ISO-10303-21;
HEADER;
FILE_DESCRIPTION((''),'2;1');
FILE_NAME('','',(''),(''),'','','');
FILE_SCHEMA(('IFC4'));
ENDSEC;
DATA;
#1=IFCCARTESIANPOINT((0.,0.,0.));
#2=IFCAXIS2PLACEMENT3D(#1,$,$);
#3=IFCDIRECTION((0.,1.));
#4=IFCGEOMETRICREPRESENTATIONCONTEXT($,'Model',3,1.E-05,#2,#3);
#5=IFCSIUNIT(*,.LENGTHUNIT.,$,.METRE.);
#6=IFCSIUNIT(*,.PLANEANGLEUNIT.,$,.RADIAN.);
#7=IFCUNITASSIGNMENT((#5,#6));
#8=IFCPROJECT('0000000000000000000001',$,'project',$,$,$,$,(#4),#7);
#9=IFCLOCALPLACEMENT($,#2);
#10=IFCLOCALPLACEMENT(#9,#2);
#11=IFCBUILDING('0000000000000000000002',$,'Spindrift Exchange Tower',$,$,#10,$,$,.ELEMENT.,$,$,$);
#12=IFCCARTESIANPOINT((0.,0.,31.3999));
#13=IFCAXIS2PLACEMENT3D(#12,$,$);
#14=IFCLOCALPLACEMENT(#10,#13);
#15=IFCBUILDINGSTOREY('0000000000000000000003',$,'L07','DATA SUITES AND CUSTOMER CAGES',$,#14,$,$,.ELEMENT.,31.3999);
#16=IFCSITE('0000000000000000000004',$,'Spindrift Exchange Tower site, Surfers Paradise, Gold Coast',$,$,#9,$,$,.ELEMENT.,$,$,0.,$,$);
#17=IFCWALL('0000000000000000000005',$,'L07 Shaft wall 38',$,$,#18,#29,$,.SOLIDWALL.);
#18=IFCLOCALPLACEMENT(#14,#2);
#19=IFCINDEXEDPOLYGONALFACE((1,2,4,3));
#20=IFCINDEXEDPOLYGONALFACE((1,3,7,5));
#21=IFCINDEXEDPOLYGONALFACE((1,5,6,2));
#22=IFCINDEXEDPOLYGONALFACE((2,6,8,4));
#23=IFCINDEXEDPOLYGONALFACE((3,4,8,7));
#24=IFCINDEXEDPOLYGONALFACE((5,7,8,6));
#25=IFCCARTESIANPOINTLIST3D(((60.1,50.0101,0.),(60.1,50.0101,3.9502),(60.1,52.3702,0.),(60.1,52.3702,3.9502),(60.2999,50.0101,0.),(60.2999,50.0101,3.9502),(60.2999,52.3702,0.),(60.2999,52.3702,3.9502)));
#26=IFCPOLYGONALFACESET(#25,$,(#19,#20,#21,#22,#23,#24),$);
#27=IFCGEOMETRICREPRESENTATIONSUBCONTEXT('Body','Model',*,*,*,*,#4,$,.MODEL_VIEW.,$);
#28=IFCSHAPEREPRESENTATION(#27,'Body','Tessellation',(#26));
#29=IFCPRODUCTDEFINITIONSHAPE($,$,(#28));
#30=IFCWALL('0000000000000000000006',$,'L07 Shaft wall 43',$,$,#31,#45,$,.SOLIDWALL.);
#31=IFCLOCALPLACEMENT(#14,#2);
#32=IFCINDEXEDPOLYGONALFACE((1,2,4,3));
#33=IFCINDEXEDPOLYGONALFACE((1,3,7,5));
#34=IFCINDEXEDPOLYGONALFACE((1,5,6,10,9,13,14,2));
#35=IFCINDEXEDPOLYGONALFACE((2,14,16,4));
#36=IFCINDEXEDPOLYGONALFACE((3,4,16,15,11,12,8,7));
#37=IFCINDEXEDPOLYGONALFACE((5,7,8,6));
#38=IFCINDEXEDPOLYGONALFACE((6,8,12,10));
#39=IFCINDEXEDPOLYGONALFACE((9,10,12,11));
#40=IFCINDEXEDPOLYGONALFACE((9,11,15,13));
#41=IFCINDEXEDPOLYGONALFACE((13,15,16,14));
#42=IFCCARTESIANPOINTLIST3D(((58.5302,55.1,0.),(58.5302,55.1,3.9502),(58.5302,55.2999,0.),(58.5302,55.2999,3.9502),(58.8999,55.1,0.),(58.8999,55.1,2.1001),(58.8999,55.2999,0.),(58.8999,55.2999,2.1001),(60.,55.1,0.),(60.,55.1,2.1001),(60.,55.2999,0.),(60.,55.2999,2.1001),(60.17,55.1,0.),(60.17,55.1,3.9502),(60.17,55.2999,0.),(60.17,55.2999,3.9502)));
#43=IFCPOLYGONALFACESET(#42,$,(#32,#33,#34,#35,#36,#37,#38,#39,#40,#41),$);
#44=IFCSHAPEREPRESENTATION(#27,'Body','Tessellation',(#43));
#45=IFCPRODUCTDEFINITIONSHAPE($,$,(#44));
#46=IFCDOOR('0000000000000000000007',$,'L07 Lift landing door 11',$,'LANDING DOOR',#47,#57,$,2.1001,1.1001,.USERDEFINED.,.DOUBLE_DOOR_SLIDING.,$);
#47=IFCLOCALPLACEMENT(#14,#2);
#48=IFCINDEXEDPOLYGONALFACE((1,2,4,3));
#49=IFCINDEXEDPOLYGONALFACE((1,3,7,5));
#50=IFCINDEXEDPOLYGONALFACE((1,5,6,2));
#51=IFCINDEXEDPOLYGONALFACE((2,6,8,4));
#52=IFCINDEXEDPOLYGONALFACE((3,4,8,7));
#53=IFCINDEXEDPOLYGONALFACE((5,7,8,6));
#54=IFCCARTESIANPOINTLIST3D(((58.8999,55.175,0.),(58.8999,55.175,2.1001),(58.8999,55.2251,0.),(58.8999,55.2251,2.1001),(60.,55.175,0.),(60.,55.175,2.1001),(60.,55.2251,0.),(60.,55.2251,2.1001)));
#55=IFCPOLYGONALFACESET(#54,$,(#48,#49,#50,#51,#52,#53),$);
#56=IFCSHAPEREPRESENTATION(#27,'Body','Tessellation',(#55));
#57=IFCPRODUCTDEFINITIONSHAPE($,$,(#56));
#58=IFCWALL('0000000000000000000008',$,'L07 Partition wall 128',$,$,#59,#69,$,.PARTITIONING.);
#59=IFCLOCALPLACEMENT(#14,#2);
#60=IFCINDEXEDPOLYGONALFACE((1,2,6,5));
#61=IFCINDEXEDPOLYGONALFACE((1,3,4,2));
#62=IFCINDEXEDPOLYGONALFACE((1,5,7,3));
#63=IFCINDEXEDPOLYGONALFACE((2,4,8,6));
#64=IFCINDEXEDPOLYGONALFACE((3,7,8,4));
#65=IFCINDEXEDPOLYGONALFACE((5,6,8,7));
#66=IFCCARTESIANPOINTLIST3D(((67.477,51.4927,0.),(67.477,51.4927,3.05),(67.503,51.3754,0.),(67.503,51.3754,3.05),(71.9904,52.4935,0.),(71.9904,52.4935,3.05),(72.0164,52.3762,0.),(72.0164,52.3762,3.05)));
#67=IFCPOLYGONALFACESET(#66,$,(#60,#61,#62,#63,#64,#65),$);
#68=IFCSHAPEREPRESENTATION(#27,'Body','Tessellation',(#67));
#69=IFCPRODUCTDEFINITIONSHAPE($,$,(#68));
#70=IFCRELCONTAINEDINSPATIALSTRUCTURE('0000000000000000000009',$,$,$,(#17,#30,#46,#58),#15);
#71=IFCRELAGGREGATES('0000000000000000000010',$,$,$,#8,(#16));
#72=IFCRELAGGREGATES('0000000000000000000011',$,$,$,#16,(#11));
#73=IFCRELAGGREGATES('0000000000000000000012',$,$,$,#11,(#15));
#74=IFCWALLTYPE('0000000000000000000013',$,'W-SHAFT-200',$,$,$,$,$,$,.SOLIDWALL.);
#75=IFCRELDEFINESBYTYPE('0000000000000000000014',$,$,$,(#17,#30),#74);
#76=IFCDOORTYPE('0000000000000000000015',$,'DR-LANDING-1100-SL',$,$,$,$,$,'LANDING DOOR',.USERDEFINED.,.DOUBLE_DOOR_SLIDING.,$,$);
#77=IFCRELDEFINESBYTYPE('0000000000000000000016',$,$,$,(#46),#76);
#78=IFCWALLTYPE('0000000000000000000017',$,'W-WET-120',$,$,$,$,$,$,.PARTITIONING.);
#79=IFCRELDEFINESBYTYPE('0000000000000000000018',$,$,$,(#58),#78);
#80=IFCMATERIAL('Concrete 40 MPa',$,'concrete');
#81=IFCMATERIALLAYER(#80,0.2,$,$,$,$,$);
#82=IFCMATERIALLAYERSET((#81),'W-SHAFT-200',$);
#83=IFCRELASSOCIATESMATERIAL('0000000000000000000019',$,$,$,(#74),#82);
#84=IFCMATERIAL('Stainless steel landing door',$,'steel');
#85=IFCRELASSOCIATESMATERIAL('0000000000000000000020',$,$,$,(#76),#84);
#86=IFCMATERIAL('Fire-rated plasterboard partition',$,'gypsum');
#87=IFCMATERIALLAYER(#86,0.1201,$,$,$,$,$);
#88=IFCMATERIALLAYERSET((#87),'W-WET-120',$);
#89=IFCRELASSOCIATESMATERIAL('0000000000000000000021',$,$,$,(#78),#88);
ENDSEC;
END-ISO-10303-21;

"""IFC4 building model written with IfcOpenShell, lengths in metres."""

from ifc_helpers import new_model, si_unit, direction, frame, frame_2d, origin, place, context, subcontext, project, spatial, rectangle, extrude, source, transform, mapped, material, layer, layer_set, type_object, element, fill, save


model = new_model("IFC4")

# Units and contexts
model_context = context("Model", 3, precision=1e-05, world=origin(), true_north=direction((0.0, 1.0)))
body_context = subcontext(model_context, "Body", "Model", "MODEL_VIEW")
ifc_project = project(units=[si_unit("LENGTHUNIT", "METRE"), si_unit("PLANEANGLEUNIT", "RADIAN")], contexts=[model_context])

# Site, building, storey
site_placement = place(None, origin())
site = spatial("IfcSite", under=ifc_project, at=site_placement, Name="Spindrift Exchange Tower site, Surfers Paradise, Gold Coast", CompositionType="ELEMENT", RefElevation=0.0)
building_placement = place(site_placement, origin())
building = spatial("IfcBuilding", under=site, at=building_placement, Name="Spindrift Exchange Tower", CompositionType="ELEMENT")
storey_placement = place(building_placement, frame((0.0, 0.0, 31.3999)))
storey = spatial("IfcBuildingStorey", under=building, at=storey_placement, Name="L07", Description="DATA SUITES AND CUSTOMER CAGES", CompositionType="ELEMENT", Elevation=31.3999)

# Shared definitions
ifc_material_1 = material(Name="Fire-rated plasterboard partition", Category="gypsum")

# Wall
ifc_material_2 = material(Name="Concrete 40 MPa", Category="concrete")
ifc_layer_1 = layer(ifc_material_2, 0.2)
ifc_layer_set_1 = layer_set([ifc_layer_1], Name="W-SHAFT-200")
wall_type_1 = type_object("IfcWallType", Name="W-SHAFT-200", PredefinedType="SOLIDWALL", material=ifc_layer_set_1)
wall_1_placement = place(storey_placement, frame((60.2, 50.01, 0.0), z_axis=(0.0, 0.0, 1.0), x_axis=(0.0, 1.0, 0.0)))
element("IfcWall", 1, at=wall_1_placement, inside=storey, type_object=wall_type_1, Name="L07 Shaft wall 38", PredefinedType="SOLIDWALL", context=body_context, shape_type="SweptSolid", body=[
    extrude(rectangle(XDim=2.3601, YDim=0.2, at=frame_2d((1.1802, 0.0))), origin(), (0.0, 0.0, 1.0), 3.9502),
])

# Wall, opening, door
wall_2_placement = place(storey_placement, frame((60.1699, 55.2, 0.0), z_axis=(0.0, 0.0, 1.0), x_axis=(-1.0, 0.0, 0.0)))
wall_2 = element("IfcWall", 2, at=wall_2_placement, inside=storey, type_object=wall_type_1, Name="L07 Shaft wall 43", PredefinedType="SOLIDWALL", context=body_context, shape_type="SweptSolid", body=[
    extrude(rectangle(XDim=1.6399, YDim=0.2, at=frame_2d((0.8198, 0.0))), origin(), (0.0, 0.0, 1.0), 3.9502),
])
opening_1_placement = place(wall_2_placement, frame((0.1699, 0.0, 0.0)))
opening_1 = element("IfcOpeningElement", 3, at=opening_1_placement, cuts=wall_2, PredefinedType="OPENING", context=body_context, shape_type="SweptSolid", body=[
    extrude(rectangle(XDim=1.1001, YDim=2.1001, at=frame_2d((0.55, 1.05))), frame((0.0, 0.1099, 0.0), z_axis=(0.0, -1.0, 0.0), x_axis=(1.0, 0.0, 0.0)), (0.0, 0.0, 1.0), 0.22),
])
ifc_material_3 = material(Name="Stainless steel landing door", Category="steel")
door_type_1 = type_object("IfcDoorType", Name="DR-LANDING-1100-SL", ElementType="LANDING DOOR", OperationType="DOUBLE_DOOR_SLIDING", PredefinedType="USERDEFINED", material=ifc_material_3)
shared_shape_1 = source(origin(), body_context, "Body", "SweptSolid", [
    extrude(rectangle(XDim=1.1001, YDim=2.1001, at=frame_2d((0.55, 1.05))), frame((0.0, 0.0249, 0.0), z_axis=(0.0, -1.0, 0.0), x_axis=(1.0, 0.0, 0.0)), (0.0, 0.0, 1.0), 0.05),
])
door_1_placement = place(opening_1_placement, origin())
door_1 = element("IfcDoor", 4, at=door_1_placement, inside=storey, type_object=door_type_1, Name="L07 Lift landing door 11", ObjectType="LANDING DOOR", OperationType="DOUBLE_DOOR_SLIDING", OverallHeight=2.1001, OverallWidth=1.1001, PredefinedType="USERDEFINED", context=body_context, shape_type="MappedRepresentation", body=[
    mapped(shared_shape_1, transform((0.0, 0.0, 0.0), scale=1.0)),
])
fill(opening_1, door_1)

# Wall
ifc_layer_2 = layer(ifc_material_1, 0.1201)
ifc_layer_set_2 = layer_set([ifc_layer_2], Name="W-WET-120")
wall_type_2 = type_object("IfcWallType", Name="W-WET-120", PredefinedType="PARTITIONING", material=ifc_layer_set_2)
wall_3_placement = place(storey_placement, frame((67.49, 51.4341, 0.0), z_axis=(0.0, 0.0, 1.0), x_axis=(0.97629, 0.216466, 0.0)))
element("IfcWall", 5, at=wall_3_placement, inside=storey, type_object=wall_type_2, Name="L07 Partition wall 128", PredefinedType="PARTITIONING", context=body_context, shape_type="SweptSolid", body=[
    extrude(rectangle(XDim=4.623, YDim=0.1201, at=frame_2d((2.3115, 0.0))), origin(), (0.0, 0.0, 1.0), 3.05),
])

save(model, "model.ifc")
